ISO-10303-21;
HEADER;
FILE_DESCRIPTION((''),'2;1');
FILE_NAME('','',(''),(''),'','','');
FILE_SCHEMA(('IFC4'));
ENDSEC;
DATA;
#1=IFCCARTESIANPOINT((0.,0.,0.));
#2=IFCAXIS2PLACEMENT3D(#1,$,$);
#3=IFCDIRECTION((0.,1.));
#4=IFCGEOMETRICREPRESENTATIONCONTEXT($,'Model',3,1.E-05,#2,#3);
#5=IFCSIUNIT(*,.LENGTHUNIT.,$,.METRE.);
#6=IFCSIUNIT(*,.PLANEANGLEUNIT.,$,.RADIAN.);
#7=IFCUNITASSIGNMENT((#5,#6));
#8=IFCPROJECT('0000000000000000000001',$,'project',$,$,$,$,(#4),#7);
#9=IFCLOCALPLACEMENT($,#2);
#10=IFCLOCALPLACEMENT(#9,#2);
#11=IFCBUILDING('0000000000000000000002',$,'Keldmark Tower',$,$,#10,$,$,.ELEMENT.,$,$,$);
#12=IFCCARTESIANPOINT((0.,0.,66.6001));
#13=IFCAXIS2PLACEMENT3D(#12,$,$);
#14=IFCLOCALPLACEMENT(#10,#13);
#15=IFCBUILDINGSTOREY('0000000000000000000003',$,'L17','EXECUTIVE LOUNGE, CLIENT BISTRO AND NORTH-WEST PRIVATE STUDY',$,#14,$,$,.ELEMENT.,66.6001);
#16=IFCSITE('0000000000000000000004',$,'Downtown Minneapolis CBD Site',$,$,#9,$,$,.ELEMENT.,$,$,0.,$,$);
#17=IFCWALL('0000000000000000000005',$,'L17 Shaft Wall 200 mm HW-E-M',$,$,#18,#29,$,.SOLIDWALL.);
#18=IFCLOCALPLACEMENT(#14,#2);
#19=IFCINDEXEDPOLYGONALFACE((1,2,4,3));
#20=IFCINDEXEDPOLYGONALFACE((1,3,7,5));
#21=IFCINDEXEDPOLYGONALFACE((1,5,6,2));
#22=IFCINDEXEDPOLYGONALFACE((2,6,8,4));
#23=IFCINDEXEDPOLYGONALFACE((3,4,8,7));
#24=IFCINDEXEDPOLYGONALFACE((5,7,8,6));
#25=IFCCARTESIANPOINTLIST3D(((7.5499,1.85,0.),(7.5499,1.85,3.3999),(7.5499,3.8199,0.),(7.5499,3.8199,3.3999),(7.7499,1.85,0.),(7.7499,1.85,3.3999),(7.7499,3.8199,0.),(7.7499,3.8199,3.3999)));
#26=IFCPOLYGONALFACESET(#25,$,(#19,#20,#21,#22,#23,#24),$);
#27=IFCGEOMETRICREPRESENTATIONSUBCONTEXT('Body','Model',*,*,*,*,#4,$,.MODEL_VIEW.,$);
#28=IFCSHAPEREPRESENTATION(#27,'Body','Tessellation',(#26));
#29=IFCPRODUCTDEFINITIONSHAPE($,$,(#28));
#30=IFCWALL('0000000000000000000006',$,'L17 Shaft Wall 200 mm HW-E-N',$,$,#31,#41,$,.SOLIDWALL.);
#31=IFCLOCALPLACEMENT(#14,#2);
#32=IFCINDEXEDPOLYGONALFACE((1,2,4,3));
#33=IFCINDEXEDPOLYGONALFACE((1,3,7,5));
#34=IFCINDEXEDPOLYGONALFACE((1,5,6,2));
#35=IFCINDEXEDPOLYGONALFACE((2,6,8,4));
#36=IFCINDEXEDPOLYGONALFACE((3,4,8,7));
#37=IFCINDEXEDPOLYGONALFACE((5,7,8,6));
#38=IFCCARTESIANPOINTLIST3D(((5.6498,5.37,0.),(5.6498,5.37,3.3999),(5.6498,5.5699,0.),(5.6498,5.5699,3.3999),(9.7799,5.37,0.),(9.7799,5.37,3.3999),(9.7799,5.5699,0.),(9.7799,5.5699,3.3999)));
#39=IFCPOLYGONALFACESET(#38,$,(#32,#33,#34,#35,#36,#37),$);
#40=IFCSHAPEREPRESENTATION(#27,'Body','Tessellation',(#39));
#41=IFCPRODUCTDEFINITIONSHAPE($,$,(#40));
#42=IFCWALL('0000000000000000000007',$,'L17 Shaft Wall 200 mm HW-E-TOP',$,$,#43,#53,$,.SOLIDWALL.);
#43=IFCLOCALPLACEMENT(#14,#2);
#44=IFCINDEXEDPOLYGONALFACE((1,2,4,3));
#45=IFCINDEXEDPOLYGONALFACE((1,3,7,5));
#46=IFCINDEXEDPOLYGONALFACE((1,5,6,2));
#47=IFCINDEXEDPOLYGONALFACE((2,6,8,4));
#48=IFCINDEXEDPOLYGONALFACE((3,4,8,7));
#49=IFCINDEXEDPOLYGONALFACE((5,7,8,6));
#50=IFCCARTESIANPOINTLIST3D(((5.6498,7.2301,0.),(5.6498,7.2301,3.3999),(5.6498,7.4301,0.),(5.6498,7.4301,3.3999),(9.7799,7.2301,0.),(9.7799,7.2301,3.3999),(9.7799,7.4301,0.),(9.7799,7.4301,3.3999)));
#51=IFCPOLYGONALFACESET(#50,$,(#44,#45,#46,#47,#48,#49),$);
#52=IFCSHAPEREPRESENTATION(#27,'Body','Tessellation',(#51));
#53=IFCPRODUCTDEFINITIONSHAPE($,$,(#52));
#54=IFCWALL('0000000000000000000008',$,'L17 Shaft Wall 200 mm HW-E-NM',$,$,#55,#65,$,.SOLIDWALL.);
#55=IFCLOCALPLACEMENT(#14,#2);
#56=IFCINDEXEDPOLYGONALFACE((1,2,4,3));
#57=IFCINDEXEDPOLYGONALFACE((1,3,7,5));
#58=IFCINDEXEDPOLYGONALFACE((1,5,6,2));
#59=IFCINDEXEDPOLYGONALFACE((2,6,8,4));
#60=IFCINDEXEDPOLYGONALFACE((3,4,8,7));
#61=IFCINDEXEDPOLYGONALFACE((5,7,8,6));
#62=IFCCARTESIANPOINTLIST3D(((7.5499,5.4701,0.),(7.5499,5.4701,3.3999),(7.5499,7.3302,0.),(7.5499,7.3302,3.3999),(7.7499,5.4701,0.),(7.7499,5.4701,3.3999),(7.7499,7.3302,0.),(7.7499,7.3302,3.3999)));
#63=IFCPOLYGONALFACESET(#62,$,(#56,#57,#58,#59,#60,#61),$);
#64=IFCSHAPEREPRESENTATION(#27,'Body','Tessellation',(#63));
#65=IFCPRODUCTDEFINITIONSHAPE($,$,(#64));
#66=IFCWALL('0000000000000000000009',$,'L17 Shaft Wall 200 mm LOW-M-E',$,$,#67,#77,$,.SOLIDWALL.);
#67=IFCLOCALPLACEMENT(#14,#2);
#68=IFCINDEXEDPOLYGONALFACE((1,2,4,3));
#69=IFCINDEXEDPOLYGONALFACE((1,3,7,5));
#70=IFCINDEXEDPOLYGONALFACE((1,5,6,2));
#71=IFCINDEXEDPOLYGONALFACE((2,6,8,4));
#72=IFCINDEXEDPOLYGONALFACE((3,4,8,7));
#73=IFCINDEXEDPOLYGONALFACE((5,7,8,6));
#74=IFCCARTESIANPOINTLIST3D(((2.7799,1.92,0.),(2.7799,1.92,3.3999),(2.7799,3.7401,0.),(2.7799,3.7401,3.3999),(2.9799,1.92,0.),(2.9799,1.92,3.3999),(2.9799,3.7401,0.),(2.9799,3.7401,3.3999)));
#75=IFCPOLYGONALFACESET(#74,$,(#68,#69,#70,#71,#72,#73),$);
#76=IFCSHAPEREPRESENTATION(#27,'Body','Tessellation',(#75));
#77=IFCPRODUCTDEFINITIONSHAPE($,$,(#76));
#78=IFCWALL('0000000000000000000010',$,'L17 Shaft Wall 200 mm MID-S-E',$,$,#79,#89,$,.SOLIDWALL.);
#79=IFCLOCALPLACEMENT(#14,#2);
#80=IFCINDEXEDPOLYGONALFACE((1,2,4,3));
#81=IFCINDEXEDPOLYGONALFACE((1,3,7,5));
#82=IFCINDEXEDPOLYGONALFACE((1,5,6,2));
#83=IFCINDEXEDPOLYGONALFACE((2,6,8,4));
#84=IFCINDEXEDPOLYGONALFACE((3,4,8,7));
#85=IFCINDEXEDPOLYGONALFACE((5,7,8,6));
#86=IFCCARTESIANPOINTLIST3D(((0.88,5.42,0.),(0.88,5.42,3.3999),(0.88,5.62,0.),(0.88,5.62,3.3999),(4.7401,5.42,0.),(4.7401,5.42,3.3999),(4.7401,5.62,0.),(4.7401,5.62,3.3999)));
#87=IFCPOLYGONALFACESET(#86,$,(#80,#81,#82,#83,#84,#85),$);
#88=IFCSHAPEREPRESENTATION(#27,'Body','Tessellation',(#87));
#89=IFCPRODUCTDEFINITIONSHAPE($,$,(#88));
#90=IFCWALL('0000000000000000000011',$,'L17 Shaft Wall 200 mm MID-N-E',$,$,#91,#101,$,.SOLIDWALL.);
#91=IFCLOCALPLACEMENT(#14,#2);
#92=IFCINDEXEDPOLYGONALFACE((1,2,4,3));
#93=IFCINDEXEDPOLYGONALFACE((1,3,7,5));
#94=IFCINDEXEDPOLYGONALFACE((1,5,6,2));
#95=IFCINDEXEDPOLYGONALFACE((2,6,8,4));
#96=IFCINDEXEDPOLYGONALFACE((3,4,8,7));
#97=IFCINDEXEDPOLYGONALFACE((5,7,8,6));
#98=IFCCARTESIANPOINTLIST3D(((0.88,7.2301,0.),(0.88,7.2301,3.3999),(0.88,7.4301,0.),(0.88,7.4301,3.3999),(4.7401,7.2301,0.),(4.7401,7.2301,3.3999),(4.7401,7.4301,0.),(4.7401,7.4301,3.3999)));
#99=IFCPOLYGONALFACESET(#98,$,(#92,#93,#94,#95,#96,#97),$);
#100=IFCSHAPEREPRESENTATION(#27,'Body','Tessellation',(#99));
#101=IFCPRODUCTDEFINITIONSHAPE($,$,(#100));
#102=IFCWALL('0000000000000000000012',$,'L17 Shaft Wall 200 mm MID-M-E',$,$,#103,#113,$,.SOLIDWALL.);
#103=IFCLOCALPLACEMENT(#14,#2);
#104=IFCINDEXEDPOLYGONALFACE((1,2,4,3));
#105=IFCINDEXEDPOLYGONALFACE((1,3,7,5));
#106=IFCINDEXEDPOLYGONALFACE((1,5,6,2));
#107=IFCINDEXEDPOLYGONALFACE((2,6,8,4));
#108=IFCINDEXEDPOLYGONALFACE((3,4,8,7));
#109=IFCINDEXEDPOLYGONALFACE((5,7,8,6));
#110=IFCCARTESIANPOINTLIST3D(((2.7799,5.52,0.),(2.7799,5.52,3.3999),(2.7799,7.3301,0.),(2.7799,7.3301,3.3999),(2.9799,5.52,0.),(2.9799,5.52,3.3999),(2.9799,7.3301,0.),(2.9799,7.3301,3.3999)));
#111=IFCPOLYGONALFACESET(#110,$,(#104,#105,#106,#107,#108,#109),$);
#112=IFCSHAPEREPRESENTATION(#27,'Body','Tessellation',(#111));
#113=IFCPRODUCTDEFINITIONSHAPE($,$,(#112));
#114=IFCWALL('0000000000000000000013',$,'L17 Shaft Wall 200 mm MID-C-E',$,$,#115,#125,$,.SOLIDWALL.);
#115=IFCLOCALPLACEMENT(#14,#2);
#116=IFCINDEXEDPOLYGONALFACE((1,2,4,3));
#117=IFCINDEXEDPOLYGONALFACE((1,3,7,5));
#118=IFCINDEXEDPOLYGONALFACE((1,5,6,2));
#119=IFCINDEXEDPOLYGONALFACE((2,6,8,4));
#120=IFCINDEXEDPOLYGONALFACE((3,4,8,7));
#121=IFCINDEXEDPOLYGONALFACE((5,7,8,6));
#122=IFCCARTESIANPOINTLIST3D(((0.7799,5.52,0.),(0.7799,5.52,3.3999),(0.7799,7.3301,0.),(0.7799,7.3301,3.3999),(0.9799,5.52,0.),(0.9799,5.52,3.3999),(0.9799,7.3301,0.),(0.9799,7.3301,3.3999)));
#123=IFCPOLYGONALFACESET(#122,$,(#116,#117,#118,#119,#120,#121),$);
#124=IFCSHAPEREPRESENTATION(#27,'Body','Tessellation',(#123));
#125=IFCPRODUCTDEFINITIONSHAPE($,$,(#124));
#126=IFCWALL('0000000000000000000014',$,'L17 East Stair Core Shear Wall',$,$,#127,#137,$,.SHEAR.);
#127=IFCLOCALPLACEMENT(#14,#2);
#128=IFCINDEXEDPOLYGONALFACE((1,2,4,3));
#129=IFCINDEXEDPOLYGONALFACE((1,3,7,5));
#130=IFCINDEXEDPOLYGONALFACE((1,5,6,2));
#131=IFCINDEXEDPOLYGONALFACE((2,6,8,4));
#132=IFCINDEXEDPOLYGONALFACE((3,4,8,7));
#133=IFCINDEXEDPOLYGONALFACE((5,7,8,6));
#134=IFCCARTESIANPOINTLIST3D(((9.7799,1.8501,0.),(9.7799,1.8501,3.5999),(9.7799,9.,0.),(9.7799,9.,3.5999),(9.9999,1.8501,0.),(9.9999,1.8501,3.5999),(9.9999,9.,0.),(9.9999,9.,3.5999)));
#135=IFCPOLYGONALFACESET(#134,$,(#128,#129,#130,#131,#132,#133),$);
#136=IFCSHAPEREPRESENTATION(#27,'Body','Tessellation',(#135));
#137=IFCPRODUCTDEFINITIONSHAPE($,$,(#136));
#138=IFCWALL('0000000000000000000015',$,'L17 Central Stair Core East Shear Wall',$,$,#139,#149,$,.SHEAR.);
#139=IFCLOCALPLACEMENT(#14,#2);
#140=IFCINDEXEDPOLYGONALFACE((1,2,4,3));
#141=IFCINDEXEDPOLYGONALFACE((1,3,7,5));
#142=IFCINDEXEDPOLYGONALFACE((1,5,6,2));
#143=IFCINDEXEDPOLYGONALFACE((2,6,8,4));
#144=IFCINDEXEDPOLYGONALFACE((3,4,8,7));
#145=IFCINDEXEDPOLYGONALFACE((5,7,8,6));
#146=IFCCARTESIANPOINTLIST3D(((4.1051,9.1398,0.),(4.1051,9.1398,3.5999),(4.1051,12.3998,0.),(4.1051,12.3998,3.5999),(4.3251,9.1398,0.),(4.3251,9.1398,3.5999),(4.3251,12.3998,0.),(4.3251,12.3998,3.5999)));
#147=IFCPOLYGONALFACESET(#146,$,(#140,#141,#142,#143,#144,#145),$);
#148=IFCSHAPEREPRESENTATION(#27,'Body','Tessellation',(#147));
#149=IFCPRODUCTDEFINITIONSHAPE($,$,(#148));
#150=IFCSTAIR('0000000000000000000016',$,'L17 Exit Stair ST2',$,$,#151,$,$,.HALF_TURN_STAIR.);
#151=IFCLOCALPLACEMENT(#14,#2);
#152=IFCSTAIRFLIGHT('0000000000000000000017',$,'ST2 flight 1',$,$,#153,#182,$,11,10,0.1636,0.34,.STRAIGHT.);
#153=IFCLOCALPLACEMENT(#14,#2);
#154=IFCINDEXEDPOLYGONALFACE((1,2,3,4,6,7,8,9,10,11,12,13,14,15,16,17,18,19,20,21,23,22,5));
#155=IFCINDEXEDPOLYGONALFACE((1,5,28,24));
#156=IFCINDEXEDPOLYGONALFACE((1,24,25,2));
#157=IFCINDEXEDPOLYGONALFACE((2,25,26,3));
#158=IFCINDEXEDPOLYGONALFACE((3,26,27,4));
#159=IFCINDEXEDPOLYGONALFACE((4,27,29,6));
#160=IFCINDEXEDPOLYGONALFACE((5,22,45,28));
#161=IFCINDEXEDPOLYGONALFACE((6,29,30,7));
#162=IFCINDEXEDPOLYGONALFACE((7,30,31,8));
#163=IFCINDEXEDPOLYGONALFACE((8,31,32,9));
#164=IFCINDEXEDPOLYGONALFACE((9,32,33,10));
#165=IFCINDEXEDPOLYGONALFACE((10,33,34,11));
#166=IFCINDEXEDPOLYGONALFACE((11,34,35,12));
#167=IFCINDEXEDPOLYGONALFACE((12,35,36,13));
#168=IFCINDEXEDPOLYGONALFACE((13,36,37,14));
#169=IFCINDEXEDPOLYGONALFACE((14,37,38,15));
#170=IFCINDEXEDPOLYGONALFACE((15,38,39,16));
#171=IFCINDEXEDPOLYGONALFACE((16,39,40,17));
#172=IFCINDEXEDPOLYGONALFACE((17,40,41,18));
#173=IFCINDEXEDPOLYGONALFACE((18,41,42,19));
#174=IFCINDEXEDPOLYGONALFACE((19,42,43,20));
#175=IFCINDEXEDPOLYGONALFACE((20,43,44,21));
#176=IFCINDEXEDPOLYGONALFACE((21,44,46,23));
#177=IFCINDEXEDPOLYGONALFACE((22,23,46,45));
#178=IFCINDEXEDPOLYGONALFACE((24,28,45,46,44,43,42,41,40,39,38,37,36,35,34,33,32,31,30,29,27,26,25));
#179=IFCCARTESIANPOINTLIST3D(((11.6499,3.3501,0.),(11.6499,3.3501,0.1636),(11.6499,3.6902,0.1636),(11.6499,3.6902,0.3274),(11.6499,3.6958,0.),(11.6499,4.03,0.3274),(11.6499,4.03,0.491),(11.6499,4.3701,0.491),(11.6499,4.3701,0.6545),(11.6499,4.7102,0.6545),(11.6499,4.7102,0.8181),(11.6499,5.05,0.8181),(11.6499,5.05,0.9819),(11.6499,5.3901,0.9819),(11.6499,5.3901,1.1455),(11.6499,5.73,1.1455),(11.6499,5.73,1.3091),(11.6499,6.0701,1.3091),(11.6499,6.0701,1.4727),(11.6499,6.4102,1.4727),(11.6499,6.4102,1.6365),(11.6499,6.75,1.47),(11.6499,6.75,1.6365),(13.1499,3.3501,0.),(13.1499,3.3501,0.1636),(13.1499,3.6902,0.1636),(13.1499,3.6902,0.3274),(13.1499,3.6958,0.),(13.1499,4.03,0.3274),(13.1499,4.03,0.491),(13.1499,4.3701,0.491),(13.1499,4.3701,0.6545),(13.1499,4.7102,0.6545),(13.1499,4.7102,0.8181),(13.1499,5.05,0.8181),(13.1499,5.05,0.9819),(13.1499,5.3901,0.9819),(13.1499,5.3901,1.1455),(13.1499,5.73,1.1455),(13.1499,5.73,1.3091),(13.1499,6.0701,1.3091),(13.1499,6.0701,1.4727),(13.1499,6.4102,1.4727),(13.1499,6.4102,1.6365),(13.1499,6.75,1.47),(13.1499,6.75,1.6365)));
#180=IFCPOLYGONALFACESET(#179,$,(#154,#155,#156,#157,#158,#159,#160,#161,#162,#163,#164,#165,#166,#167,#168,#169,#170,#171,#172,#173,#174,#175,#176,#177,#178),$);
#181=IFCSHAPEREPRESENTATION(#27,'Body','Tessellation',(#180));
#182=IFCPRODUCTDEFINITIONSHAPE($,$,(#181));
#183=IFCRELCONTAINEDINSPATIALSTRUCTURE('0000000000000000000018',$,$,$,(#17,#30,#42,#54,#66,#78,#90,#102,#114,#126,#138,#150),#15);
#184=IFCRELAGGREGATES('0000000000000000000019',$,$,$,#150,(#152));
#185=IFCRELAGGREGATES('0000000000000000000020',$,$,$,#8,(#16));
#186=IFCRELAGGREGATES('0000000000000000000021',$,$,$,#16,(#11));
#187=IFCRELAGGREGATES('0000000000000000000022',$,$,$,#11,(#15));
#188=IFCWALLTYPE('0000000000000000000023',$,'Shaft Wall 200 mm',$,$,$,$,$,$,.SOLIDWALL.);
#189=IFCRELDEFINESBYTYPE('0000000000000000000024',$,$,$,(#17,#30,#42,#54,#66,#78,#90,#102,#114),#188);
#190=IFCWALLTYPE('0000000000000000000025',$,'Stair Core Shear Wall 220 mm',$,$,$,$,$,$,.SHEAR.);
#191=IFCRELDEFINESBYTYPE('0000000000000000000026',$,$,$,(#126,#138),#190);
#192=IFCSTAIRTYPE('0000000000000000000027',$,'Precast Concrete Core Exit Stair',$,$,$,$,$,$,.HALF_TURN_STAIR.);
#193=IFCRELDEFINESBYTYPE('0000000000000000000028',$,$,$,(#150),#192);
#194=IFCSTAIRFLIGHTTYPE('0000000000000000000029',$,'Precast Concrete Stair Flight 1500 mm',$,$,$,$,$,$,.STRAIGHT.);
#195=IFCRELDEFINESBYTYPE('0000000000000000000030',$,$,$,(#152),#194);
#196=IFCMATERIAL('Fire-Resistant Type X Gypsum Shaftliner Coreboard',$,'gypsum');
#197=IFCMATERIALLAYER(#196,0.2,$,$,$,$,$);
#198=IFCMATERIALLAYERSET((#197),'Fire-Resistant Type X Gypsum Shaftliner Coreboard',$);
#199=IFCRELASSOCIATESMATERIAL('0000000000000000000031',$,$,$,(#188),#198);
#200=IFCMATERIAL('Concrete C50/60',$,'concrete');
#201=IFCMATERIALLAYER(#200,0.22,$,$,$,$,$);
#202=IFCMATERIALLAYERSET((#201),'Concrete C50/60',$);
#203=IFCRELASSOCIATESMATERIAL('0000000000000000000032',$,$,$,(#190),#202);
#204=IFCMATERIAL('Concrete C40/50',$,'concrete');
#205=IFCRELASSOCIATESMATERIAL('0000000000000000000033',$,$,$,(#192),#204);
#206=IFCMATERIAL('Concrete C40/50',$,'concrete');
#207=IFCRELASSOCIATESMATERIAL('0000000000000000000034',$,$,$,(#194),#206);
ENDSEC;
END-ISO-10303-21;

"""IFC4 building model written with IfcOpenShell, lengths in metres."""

from ifc_helpers import new_model, si_unit, direction, frame, frame_2d, origin, place, context, subcontext, project, spatial, polyline, rectangle, outline, extrude, material, layer, layer_set, type_object, element, aggregate, save


model = new_model("IFC4")

# Units and contexts
model_context = context("Model", 3, precision=1e-05, world=origin(), true_north=direction((0.0, 1.0)))
body_context = subcontext(model_context, "Body", "Model", "MODEL_VIEW")
ifc_project = project(units=[si_unit("LENGTHUNIT", "METRE"), si_unit("PLANEANGLEUNIT", "RADIAN")], contexts=[model_context])

# Site, building, storey
site_placement = place(None, origin())
site = spatial("IfcSite", under=ifc_project, at=site_placement, Name="Downtown Minneapolis CBD Site", CompositionType="ELEMENT", RefElevation=0.0)
building_placement = place(site_placement, origin())
building = spatial("IfcBuilding", under=site, at=building_placement, Name="Keldmark Tower", CompositionType="ELEMENT")
storey_placement = place(building_placement, frame((0.0, 0.0, 66.6001)))
storey = spatial("IfcBuildingStorey", under=building, at=storey_placement, Name="L17", Description="EXECUTIVE LOUNGE, CLIENT BISTRO AND NORTH-WEST PRIVATE STUDY", CompositionType="ELEMENT", Elevation=66.6001)

# Shared definitions
ifc_material_1 = material(Name="Fire-Resistant Type X Gypsum Shaftliner Coreboard", Category="gypsum")
ifc_layer_1 = layer(ifc_material_1, 0.2)
ifc_layer_set_1 = layer_set([ifc_layer_1], Name="Fire-Resistant Type X Gypsum Shaftliner Coreboard")
wall_type_1 = type_object("IfcWallType", Name="Shaft Wall 200 mm", PredefinedType="SOLIDWALL", material=ifc_layer_set_1)

# Walls
wall_1_placement = place(storey_placement, frame((7.6499, 1.8501, 0.0), z_axis=(0.0, 0.0, 1.0), x_axis=(0.0, 1.0, 0.0)))
element("IfcWall", 1, at=wall_1_placement, inside=storey, type_object=wall_type_1, Name="L17 Shaft Wall 200 mm HW-E-M", PredefinedType="SOLIDWALL", context=body_context, shape_type="SweptSolid", body=[
    extrude(rectangle(XDim=1.97, YDim=0.2, at=frame_2d((0.9849, 0.0))), origin(), (0.0, 0.0, 1.0), 3.3999),
])
for number, where, z_axis, x_axis, name in (
    (2, (5.6499, 5.47, 0.0), (0.0, 0.0, 1.0), (1.0, 0.0, 0.0), "L17 Shaft Wall 200 mm HW-E-N"),
    (3, (5.6499, 7.3301, 0.0), (0.0, 0.0, 1.0), (1.0, 0.0, 0.0), "L17 Shaft Wall 200 mm HW-E-TOP"),
):
    element("IfcWall", number, at=place(storey_placement, frame(where, z_axis=z_axis, x_axis=x_axis)), inside=storey, type_object=wall_type_1, Name=name, PredefinedType="SOLIDWALL", context=body_context, shape_type="SweptSolid", body=[
        extrude(rectangle(XDim=4.1301, YDim=0.2, at=frame_2d((2.0649, 0.0))), origin(), (0.0, 0.0, 1.0), 3.3999),
    ])
wall_2_placement = place(storey_placement, frame((7.6499, 5.47, 0.0), z_axis=(0.0, 0.0, 1.0), x_axis=(0.0, 1.0, 0.0)))
element("IfcWall", 4, at=wall_2_placement, inside=storey, type_object=wall_type_1, Name="L17 Shaft Wall 200 mm HW-E-NM", PredefinedType="SOLIDWALL", context=body_context, shape_type="SweptSolid", body=[
    extrude(rectangle(XDim=1.8601, YDim=0.2, at=frame_2d((0.9302, 0.0))), origin(), (0.0, 0.0, 1.0), 3.3999),
])
wall_3_placement = place(storey_placement, frame((2.8799, 1.9199, 0.0), z_axis=(0.0, 0.0, 1.0), x_axis=(0.0, 1.0, 0.0)))
element("IfcWall", 5, at=wall_3_placement, inside=storey, type_object=wall_type_1, Name="L17 Shaft Wall 200 mm LOW-M-E", PredefinedType="SOLIDWALL", context=body_context, shape_type="SweptSolid", body=[
    extrude(rectangle(XDim=1.8201, YDim=0.2, at=frame_2d((0.9102, 0.0))), origin(), (0.0, 0.0, 1.0), 3.3999),
])
for number, where, z_axis, x_axis, name in (
    (6, (0.8799, 5.52, 0.0), (0.0, 0.0, 1.0), (1.0, 0.0, 0.0), "L17 Shaft Wall 200 mm MID-S-E"),
    (7, (0.8799, 7.3301, 0.0), (0.0, 0.0, 1.0), (1.0, 0.0, 0.0), "L17 Shaft Wall 200 mm MID-N-E"),
):
    element("IfcWall", number, at=place(storey_placement, frame(where, z_axis=z_axis, x_axis=x_axis)), inside=storey, type_object=wall_type_1, Name=name, PredefinedType="SOLIDWALL", context=body_context, shape_type="SweptSolid", body=[
        extrude(rectangle(XDim=3.8601, YDim=0.2, at=frame_2d((1.9302, 0.0))), origin(), (0.0, 0.0, 1.0), 3.3999),
    ])
for number, where, z_axis, x_axis, name in (
    (8, (2.8799, 5.52, 0.0), (0.0, 0.0, 1.0), (0.0, 1.0, 0.0), "L17 Shaft Wall 200 mm MID-M-E"),
    (9, (0.8799, 5.52, 0.0), (0.0, 0.0, 1.0), (0.0, 1.0, 0.0), "L17 Shaft Wall 200 mm MID-C-E"),
):
    element("IfcWall", number, at=place(storey_placement, frame(where, z_axis=z_axis, x_axis=x_axis)), inside=storey, type_object=wall_type_1, Name=name, PredefinedType="SOLIDWALL", context=body_context, shape_type="SweptSolid", body=[
        extrude(rectangle(XDim=1.8101, YDim=0.2, at=frame_2d((0.905, 0.0))), origin(), (0.0, 0.0, 1.0), 3.3999),
    ])
ifc_material_2 = material(Name="Concrete C50/60", Category="concrete")
ifc_layer_2 = layer(ifc_material_2, 0.22)
ifc_layer_set_2 = layer_set([ifc_layer_2], Name="Concrete C50/60")
wall_type_2 = type_object("IfcWallType", Name="Stair Core Shear Wall 220 mm", PredefinedType="SHEAR", material=ifc_layer_set_2)
wall_4_placement = place(storey_placement, frame((9.8899, 1.8501, 0.0), z_axis=(0.0, 0.0, 1.0), x_axis=(0.0, 1.0, 0.0)))
element("IfcWall", 10, at=wall_4_placement, inside=storey, type_object=wall_type_2, Name="L17 East Stair Core Shear Wall", PredefinedType="SHEAR", context=body_context, shape_type="SweptSolid", body=[
    extrude(rectangle(XDim=7.1499, YDim=0.22, at=frame_2d((3.575, 0.0))), origin(), (0.0, 0.0, 1.0), 3.5999),
])
wall_5_placement = place(storey_placement, frame((4.2151, 9.1399, 0.0), z_axis=(0.0, 0.0, 1.0), x_axis=(0.0, 1.0, 0.0)))
element("IfcWall", 11, at=wall_5_placement, inside=storey, type_object=wall_type_2, Name="L17 Central Stair Core East Shear Wall", PredefinedType="SHEAR", context=body_context, shape_type="SweptSolid", body=[
    extrude(rectangle(XDim=3.26, YDim=0.22, at=frame_2d((1.6299, 0.0))), origin(), (0.0, 0.0, 1.0), 3.5999),
])

# Stair, stair flight
ifc_material_3 = material(Name="Concrete C40/50", Category="concrete")
stair_type = type_object("IfcStairType", Name="Precast Concrete Core Exit Stair", PredefinedType="HALF_TURN_STAIR", material=ifc_material_3)
stair_placement = place(storey_placement, origin())
stair = element("IfcStair", 12, at=stair_placement, inside=storey, type_object=stair_type, Name="L17 Exit Stair ST2", PredefinedType="HALF_TURN_STAIR")
ifc_material_4 = material(Name="Concrete C40/50", Category="concrete")
stair_flight_type = type_object("IfcStairFlightType", Name="Precast Concrete Stair Flight 1500 mm", PredefinedType="STRAIGHT", material=ifc_material_4)
stair_flight_1_placement = place(storey_placement, frame((12.3999, 3.3501, 0.0), z_axis=(0.0, 0.0, 1.0), x_axis=(0.0, 1.0, 0.0)))
stair_flight_1 = element("IfcStairFlight", 13, at=stair_flight_1_placement, type_object=stair_flight_type, Name="ST2 flight 1", NumberOfRisers=11, NumberOfTreads=10, PredefinedType="STRAIGHT", RiserHeight=0.1636, TreadLength=0.34, context=body_context, shape_type="SweptSolid", body=[
    extrude(outline(polyline([(0.0, 0.0), (0.0, 0.1636), (0.3401, 0.1636), (0.3401, 0.3274), (0.6799, 0.3274), (0.6799, 0.491), (1.02, 0.491), (1.02, 0.6545), (1.3601, 0.6545), (1.3601, 0.8181), (1.7, 0.8181), (1.7, 0.9819), (2.04, 0.9819), (2.04, 1.1455), (2.3799, 1.1455), (2.3799, 1.3091), (2.72, 1.3091), (2.72, 1.4727), (3.0601, 1.4727), (3.0601, 1.6365), (3.3999, 1.6365), (3.3999, 1.8), (3.3999, 1.47), (0.3457, 0.0), (0.0, 0.0)])), frame((0.0, 0.75, 0.0), z_axis=(0.0, -1.0, 0.0), x_axis=(1.0, 0.0, 0.0)), (0.0, 0.0, 1.0), 1.5),
])
aggregate(stair, [stair_flight_1])

save(model, "model.ifc")
